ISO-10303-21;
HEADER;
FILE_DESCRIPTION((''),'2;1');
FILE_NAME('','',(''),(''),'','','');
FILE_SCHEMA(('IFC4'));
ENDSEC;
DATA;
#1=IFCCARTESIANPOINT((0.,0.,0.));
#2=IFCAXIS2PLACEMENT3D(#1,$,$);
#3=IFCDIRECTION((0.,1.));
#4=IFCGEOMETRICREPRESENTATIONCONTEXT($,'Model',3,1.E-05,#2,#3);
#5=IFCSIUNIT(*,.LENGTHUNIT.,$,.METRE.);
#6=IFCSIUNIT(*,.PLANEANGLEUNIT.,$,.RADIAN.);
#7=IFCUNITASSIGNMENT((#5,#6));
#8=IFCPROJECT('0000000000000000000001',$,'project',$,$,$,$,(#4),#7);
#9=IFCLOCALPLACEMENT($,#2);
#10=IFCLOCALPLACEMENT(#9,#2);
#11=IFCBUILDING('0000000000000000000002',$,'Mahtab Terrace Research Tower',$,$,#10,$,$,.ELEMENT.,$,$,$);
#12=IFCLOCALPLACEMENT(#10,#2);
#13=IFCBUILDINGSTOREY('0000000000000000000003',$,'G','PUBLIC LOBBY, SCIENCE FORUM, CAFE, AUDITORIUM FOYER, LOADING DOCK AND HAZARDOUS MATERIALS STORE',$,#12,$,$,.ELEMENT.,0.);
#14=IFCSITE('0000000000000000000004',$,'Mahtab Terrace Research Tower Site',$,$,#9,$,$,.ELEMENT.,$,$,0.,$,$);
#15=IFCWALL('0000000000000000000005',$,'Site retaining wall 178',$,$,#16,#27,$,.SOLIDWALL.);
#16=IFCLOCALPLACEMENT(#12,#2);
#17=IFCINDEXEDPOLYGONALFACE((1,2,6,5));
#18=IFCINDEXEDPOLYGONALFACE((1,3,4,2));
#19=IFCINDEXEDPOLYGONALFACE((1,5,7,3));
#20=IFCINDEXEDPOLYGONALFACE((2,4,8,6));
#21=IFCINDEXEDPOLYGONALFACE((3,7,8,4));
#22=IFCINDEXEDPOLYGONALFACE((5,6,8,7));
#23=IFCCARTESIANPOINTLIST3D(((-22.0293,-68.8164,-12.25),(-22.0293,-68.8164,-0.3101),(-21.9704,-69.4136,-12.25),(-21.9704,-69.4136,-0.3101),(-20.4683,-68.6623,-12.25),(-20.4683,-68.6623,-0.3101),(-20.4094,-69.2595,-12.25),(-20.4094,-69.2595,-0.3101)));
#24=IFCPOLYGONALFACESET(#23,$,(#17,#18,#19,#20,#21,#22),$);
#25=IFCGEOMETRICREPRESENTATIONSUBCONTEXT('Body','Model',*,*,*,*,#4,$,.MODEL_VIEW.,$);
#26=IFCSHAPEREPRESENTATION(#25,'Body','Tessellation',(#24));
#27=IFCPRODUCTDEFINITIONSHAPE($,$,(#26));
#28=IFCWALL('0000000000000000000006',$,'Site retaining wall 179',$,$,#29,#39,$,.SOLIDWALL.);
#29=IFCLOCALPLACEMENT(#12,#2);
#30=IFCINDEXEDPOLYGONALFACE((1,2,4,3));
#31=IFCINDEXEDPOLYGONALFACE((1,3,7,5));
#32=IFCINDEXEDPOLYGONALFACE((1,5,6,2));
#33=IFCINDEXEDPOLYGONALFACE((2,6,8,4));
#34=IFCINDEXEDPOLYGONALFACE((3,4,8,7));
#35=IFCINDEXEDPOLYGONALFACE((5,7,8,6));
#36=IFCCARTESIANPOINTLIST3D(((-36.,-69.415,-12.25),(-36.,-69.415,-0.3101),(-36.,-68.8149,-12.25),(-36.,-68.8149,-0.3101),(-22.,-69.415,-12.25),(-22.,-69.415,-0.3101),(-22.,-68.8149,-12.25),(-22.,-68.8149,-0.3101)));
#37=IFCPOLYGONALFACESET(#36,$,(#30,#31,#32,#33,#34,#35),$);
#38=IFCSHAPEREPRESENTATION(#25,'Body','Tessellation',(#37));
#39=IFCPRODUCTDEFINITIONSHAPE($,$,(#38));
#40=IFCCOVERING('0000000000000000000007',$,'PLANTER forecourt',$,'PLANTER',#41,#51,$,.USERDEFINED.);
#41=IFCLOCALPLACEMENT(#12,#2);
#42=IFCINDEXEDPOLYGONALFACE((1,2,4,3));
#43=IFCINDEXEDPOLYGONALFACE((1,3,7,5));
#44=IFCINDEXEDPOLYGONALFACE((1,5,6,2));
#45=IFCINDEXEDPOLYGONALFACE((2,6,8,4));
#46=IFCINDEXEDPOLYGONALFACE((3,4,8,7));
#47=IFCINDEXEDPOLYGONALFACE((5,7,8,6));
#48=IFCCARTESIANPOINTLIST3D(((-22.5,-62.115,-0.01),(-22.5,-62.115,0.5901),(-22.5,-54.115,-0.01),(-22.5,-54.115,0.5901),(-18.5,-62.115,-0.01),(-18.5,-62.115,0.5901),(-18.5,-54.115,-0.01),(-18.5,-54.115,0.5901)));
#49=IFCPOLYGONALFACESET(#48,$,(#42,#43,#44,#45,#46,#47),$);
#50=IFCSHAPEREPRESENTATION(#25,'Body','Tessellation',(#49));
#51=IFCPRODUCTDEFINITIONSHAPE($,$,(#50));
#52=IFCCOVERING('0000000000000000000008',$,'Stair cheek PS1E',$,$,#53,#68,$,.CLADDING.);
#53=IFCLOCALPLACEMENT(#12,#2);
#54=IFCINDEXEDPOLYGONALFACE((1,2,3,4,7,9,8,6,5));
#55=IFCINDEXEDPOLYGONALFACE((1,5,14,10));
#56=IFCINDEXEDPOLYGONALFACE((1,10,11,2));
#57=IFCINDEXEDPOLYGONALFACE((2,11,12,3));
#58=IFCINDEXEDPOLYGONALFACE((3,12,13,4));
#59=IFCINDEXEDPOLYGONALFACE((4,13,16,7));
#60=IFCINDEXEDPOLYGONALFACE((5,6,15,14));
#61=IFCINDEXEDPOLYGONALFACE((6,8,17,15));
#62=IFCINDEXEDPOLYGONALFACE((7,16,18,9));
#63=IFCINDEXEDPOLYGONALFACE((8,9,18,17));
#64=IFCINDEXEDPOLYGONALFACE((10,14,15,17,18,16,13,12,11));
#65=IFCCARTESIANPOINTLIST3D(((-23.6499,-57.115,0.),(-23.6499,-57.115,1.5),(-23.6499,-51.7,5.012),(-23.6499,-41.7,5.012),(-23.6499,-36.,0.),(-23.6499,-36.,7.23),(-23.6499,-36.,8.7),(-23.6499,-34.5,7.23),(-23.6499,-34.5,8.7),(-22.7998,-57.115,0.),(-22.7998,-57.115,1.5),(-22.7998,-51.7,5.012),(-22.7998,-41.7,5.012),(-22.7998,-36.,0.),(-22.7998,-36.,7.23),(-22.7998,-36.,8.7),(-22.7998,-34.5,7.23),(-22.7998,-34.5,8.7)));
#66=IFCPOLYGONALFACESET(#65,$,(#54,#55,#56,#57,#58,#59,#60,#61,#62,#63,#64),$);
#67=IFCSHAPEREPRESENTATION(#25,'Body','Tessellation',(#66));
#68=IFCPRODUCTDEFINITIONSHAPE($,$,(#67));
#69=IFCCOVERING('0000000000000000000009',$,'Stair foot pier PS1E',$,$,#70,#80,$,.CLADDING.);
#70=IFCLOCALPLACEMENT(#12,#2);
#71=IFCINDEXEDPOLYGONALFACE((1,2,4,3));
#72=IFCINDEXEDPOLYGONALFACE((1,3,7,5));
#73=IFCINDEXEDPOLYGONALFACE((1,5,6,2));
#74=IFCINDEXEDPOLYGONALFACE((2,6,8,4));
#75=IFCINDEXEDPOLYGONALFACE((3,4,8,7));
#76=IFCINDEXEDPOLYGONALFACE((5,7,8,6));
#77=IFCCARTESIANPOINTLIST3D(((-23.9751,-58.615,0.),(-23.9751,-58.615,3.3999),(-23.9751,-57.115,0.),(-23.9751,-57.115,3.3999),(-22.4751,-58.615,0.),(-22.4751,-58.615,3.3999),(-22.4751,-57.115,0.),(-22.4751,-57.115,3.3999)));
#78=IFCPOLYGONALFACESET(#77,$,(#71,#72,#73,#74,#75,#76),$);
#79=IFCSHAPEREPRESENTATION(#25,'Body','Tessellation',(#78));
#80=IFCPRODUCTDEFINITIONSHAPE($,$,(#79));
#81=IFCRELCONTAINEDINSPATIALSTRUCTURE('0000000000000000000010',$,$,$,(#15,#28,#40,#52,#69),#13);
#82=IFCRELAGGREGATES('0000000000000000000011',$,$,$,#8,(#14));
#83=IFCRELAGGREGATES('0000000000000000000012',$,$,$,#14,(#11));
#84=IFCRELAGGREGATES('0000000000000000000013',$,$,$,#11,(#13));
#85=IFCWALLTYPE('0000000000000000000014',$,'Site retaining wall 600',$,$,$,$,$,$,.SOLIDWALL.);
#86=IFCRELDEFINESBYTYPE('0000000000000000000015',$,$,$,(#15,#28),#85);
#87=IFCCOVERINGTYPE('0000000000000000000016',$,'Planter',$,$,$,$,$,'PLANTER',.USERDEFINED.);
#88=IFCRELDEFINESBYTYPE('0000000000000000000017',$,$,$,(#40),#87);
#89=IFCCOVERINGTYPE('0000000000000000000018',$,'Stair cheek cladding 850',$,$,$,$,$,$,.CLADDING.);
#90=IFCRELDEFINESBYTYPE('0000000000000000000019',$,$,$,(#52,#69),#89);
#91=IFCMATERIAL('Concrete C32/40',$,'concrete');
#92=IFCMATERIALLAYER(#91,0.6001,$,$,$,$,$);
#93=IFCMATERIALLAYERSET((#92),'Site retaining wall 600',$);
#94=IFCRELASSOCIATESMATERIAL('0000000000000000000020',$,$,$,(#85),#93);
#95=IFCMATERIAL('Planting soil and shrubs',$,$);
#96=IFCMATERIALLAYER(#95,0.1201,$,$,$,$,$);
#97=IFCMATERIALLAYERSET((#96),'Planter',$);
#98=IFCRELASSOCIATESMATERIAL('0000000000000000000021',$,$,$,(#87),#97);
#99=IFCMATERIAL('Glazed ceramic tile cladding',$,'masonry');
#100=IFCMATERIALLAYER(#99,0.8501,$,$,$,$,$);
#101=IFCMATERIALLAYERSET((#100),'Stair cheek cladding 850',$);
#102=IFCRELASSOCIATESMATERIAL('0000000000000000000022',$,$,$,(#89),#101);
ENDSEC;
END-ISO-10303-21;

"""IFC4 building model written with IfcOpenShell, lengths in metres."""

from ifc_helpers import new_model, si_unit, direction, frame, frame_2d, origin, origin_2d, place, context, subcontext, project, spatial, polyline, rectangle, outline, extrude, material, layer, layer_set, type_object, element, save


model = new_model("IFC4")

# Units and contexts
model_context = context("Model", 3, precision=1e-05, world=origin(), true_north=direction((0.0, 1.0)))
body_context = subcontext(model_context, "Body", "Model", "MODEL_VIEW")
ifc_project = project(units=[si_unit("LENGTHUNIT", "METRE"), si_unit("PLANEANGLEUNIT", "RADIAN")], contexts=[model_context])

# Site, building, storey
site_placement = place(None, origin())
site = spatial("IfcSite", under=ifc_project, at=site_placement, Name="Mahtab Terrace Research Tower Site", CompositionType="ELEMENT", RefElevation=0.0)
building_placement = place(site_placement, origin())
building = spatial("IfcBuilding", under=site, at=building_placement, Name="Mahtab Terrace Research Tower", CompositionType="ELEMENT")
storey_placement = place(building_placement, origin())
storey = spatial("IfcBuildingStorey", under=building, at=storey_placement, Name="G", Description="PUBLIC LOBBY, SCIENCE FORUM, CAFE, AUDITORIUM FOYER, LOADING DOCK AND HAZARDOUS MATERIALS STORE", CompositionType="ELEMENT", Elevation=0.0)

# Walls
ifc_material_1 = material(Name="Concrete C32/40", Category="concrete")
ifc_layer_1 = layer(ifc_material_1, 0.6001)
ifc_layer_set_1 = layer_set([ifc_layer_1], Name="Site retaining wall 600")
wall_type = type_object("IfcWallType", Name="Site retaining wall 600", PredefinedType="SOLIDWALL", material=ifc_layer_set_1)
wall_1_placement = place(storey_placement, frame((-20.439, -68.9609, -12.25), z_axis=(0.0, 0.0, 1.0), x_axis=(-0.995166, -0.098209, 0.0)))
element("IfcWall", 1, at=wall_1_placement, inside=storey, type_object=wall_type, Name="Site retaining wall 178", PredefinedType="SOLIDWALL", context=body_context, shape_type="SweptSolid", body=[
    extrude(rectangle(XDim=1.5686, YDim=0.6001, at=frame_2d((0.7842, 0.0))), origin(), (0.0, 0.0, 1.0), 11.9399),
])
wall_2_placement = place(storey_placement, frame((-22.0, -69.115, -12.25), z_axis=(0.0, 0.0, 1.0), x_axis=(-1.0, 0.0, 0.0)))
element("IfcWall", 2, at=wall_2_placement, inside=storey, type_object=wall_type, Name="Site retaining wall 179", PredefinedType="SOLIDWALL", context=body_context, shape_type="SweptSolid", body=[
    extrude(rectangle(XDim=14.0, YDim=0.6001, at=frame_2d((7.0, 0.0))), origin(), (0.0, 0.0, 1.0), 11.9399),
])

# Coverings
ifc_material_2 = material(Name="Planting soil and shrubs")
ifc_layer_2 = layer(ifc_material_2, 0.1201)
ifc_layer_set_2 = layer_set([ifc_layer_2], Name="Planter")
covering_type_1 = type_object("IfcCoveringType", Name="Planter", ElementType="PLANTER", PredefinedType="USERDEFINED", material=ifc_layer_set_2)
covering_1_placement = place(storey_placement, frame((-20.5, -58.115, -0.01), z_axis=(0.0, 0.0, 1.0), x_axis=(1.0, 0.0, 0.0)))
element("IfcCovering", 3, at=covering_1_placement, inside=storey, type_object=covering_type_1, Name="PLANTER forecourt", ObjectType="PLANTER", PredefinedType="USERDEFINED", context=body_context, shape_type="SweptSolid", body=[
    extrude(rectangle(XDim=4.0, YDim=8.0, at=origin_2d()), origin(), (0.0, 0.0, 1.0), 0.6001),
])
ifc_material_3 = material(Name="Glazed ceramic tile cladding", Category="masonry")
ifc_layer_3 = layer(ifc_material_3, 0.8501)
ifc_layer_set_3 = layer_set([ifc_layer_3], Name="Stair cheek cladding 850")
covering_type_2 = type_object("IfcCoveringType", Name="Stair cheek cladding 850", PredefinedType="CLADDING", material=ifc_layer_set_3)
covering_2_placement = place(storey_placement, frame((-23.6499, -57.115, 0.0), z_axis=(-1.0, 0.0, 0.0), x_axis=(0.0, 0.0, 1.0)))
element("IfcCovering", 4, at=covering_2_placement, inside=storey, type_object=covering_type_2, Name="Stair cheek PS1E", PredefinedType="CLADDING", context=body_context, shape_type="SweptSolid", body=[
    extrude(outline(polyline([(0.0, 0.0), (1.5, 0.0), (5.012, 5.415), (5.012, 15.415), (8.7, 21.115), (8.7, 22.615), (7.23, 22.615), (7.23, 21.115), (0.0, 21.115), (0.0, 0.0)])), origin(), (0.0, 0.0, -1.0), 0.8501),
])
covering_3_placement = place(storey_placement, frame((-23.2251, -57.865, 0.0), z_axis=(0.0, 0.0, 1.0), x_axis=(1.0, 0.0, 0.0)))
element("IfcCovering", 5, at=covering_3_placement, inside=storey, type_object=covering_type_2, Name="Stair foot pier PS1E", PredefinedType="CLADDING", context=body_context, shape_type="SweptSolid", body=[
    extrude(rectangle(XDim=1.5, YDim=1.5, at=origin_2d()), origin(), (0.0, 0.0, 1.0), 3.3999),
])

save(model, "model.ifc")
